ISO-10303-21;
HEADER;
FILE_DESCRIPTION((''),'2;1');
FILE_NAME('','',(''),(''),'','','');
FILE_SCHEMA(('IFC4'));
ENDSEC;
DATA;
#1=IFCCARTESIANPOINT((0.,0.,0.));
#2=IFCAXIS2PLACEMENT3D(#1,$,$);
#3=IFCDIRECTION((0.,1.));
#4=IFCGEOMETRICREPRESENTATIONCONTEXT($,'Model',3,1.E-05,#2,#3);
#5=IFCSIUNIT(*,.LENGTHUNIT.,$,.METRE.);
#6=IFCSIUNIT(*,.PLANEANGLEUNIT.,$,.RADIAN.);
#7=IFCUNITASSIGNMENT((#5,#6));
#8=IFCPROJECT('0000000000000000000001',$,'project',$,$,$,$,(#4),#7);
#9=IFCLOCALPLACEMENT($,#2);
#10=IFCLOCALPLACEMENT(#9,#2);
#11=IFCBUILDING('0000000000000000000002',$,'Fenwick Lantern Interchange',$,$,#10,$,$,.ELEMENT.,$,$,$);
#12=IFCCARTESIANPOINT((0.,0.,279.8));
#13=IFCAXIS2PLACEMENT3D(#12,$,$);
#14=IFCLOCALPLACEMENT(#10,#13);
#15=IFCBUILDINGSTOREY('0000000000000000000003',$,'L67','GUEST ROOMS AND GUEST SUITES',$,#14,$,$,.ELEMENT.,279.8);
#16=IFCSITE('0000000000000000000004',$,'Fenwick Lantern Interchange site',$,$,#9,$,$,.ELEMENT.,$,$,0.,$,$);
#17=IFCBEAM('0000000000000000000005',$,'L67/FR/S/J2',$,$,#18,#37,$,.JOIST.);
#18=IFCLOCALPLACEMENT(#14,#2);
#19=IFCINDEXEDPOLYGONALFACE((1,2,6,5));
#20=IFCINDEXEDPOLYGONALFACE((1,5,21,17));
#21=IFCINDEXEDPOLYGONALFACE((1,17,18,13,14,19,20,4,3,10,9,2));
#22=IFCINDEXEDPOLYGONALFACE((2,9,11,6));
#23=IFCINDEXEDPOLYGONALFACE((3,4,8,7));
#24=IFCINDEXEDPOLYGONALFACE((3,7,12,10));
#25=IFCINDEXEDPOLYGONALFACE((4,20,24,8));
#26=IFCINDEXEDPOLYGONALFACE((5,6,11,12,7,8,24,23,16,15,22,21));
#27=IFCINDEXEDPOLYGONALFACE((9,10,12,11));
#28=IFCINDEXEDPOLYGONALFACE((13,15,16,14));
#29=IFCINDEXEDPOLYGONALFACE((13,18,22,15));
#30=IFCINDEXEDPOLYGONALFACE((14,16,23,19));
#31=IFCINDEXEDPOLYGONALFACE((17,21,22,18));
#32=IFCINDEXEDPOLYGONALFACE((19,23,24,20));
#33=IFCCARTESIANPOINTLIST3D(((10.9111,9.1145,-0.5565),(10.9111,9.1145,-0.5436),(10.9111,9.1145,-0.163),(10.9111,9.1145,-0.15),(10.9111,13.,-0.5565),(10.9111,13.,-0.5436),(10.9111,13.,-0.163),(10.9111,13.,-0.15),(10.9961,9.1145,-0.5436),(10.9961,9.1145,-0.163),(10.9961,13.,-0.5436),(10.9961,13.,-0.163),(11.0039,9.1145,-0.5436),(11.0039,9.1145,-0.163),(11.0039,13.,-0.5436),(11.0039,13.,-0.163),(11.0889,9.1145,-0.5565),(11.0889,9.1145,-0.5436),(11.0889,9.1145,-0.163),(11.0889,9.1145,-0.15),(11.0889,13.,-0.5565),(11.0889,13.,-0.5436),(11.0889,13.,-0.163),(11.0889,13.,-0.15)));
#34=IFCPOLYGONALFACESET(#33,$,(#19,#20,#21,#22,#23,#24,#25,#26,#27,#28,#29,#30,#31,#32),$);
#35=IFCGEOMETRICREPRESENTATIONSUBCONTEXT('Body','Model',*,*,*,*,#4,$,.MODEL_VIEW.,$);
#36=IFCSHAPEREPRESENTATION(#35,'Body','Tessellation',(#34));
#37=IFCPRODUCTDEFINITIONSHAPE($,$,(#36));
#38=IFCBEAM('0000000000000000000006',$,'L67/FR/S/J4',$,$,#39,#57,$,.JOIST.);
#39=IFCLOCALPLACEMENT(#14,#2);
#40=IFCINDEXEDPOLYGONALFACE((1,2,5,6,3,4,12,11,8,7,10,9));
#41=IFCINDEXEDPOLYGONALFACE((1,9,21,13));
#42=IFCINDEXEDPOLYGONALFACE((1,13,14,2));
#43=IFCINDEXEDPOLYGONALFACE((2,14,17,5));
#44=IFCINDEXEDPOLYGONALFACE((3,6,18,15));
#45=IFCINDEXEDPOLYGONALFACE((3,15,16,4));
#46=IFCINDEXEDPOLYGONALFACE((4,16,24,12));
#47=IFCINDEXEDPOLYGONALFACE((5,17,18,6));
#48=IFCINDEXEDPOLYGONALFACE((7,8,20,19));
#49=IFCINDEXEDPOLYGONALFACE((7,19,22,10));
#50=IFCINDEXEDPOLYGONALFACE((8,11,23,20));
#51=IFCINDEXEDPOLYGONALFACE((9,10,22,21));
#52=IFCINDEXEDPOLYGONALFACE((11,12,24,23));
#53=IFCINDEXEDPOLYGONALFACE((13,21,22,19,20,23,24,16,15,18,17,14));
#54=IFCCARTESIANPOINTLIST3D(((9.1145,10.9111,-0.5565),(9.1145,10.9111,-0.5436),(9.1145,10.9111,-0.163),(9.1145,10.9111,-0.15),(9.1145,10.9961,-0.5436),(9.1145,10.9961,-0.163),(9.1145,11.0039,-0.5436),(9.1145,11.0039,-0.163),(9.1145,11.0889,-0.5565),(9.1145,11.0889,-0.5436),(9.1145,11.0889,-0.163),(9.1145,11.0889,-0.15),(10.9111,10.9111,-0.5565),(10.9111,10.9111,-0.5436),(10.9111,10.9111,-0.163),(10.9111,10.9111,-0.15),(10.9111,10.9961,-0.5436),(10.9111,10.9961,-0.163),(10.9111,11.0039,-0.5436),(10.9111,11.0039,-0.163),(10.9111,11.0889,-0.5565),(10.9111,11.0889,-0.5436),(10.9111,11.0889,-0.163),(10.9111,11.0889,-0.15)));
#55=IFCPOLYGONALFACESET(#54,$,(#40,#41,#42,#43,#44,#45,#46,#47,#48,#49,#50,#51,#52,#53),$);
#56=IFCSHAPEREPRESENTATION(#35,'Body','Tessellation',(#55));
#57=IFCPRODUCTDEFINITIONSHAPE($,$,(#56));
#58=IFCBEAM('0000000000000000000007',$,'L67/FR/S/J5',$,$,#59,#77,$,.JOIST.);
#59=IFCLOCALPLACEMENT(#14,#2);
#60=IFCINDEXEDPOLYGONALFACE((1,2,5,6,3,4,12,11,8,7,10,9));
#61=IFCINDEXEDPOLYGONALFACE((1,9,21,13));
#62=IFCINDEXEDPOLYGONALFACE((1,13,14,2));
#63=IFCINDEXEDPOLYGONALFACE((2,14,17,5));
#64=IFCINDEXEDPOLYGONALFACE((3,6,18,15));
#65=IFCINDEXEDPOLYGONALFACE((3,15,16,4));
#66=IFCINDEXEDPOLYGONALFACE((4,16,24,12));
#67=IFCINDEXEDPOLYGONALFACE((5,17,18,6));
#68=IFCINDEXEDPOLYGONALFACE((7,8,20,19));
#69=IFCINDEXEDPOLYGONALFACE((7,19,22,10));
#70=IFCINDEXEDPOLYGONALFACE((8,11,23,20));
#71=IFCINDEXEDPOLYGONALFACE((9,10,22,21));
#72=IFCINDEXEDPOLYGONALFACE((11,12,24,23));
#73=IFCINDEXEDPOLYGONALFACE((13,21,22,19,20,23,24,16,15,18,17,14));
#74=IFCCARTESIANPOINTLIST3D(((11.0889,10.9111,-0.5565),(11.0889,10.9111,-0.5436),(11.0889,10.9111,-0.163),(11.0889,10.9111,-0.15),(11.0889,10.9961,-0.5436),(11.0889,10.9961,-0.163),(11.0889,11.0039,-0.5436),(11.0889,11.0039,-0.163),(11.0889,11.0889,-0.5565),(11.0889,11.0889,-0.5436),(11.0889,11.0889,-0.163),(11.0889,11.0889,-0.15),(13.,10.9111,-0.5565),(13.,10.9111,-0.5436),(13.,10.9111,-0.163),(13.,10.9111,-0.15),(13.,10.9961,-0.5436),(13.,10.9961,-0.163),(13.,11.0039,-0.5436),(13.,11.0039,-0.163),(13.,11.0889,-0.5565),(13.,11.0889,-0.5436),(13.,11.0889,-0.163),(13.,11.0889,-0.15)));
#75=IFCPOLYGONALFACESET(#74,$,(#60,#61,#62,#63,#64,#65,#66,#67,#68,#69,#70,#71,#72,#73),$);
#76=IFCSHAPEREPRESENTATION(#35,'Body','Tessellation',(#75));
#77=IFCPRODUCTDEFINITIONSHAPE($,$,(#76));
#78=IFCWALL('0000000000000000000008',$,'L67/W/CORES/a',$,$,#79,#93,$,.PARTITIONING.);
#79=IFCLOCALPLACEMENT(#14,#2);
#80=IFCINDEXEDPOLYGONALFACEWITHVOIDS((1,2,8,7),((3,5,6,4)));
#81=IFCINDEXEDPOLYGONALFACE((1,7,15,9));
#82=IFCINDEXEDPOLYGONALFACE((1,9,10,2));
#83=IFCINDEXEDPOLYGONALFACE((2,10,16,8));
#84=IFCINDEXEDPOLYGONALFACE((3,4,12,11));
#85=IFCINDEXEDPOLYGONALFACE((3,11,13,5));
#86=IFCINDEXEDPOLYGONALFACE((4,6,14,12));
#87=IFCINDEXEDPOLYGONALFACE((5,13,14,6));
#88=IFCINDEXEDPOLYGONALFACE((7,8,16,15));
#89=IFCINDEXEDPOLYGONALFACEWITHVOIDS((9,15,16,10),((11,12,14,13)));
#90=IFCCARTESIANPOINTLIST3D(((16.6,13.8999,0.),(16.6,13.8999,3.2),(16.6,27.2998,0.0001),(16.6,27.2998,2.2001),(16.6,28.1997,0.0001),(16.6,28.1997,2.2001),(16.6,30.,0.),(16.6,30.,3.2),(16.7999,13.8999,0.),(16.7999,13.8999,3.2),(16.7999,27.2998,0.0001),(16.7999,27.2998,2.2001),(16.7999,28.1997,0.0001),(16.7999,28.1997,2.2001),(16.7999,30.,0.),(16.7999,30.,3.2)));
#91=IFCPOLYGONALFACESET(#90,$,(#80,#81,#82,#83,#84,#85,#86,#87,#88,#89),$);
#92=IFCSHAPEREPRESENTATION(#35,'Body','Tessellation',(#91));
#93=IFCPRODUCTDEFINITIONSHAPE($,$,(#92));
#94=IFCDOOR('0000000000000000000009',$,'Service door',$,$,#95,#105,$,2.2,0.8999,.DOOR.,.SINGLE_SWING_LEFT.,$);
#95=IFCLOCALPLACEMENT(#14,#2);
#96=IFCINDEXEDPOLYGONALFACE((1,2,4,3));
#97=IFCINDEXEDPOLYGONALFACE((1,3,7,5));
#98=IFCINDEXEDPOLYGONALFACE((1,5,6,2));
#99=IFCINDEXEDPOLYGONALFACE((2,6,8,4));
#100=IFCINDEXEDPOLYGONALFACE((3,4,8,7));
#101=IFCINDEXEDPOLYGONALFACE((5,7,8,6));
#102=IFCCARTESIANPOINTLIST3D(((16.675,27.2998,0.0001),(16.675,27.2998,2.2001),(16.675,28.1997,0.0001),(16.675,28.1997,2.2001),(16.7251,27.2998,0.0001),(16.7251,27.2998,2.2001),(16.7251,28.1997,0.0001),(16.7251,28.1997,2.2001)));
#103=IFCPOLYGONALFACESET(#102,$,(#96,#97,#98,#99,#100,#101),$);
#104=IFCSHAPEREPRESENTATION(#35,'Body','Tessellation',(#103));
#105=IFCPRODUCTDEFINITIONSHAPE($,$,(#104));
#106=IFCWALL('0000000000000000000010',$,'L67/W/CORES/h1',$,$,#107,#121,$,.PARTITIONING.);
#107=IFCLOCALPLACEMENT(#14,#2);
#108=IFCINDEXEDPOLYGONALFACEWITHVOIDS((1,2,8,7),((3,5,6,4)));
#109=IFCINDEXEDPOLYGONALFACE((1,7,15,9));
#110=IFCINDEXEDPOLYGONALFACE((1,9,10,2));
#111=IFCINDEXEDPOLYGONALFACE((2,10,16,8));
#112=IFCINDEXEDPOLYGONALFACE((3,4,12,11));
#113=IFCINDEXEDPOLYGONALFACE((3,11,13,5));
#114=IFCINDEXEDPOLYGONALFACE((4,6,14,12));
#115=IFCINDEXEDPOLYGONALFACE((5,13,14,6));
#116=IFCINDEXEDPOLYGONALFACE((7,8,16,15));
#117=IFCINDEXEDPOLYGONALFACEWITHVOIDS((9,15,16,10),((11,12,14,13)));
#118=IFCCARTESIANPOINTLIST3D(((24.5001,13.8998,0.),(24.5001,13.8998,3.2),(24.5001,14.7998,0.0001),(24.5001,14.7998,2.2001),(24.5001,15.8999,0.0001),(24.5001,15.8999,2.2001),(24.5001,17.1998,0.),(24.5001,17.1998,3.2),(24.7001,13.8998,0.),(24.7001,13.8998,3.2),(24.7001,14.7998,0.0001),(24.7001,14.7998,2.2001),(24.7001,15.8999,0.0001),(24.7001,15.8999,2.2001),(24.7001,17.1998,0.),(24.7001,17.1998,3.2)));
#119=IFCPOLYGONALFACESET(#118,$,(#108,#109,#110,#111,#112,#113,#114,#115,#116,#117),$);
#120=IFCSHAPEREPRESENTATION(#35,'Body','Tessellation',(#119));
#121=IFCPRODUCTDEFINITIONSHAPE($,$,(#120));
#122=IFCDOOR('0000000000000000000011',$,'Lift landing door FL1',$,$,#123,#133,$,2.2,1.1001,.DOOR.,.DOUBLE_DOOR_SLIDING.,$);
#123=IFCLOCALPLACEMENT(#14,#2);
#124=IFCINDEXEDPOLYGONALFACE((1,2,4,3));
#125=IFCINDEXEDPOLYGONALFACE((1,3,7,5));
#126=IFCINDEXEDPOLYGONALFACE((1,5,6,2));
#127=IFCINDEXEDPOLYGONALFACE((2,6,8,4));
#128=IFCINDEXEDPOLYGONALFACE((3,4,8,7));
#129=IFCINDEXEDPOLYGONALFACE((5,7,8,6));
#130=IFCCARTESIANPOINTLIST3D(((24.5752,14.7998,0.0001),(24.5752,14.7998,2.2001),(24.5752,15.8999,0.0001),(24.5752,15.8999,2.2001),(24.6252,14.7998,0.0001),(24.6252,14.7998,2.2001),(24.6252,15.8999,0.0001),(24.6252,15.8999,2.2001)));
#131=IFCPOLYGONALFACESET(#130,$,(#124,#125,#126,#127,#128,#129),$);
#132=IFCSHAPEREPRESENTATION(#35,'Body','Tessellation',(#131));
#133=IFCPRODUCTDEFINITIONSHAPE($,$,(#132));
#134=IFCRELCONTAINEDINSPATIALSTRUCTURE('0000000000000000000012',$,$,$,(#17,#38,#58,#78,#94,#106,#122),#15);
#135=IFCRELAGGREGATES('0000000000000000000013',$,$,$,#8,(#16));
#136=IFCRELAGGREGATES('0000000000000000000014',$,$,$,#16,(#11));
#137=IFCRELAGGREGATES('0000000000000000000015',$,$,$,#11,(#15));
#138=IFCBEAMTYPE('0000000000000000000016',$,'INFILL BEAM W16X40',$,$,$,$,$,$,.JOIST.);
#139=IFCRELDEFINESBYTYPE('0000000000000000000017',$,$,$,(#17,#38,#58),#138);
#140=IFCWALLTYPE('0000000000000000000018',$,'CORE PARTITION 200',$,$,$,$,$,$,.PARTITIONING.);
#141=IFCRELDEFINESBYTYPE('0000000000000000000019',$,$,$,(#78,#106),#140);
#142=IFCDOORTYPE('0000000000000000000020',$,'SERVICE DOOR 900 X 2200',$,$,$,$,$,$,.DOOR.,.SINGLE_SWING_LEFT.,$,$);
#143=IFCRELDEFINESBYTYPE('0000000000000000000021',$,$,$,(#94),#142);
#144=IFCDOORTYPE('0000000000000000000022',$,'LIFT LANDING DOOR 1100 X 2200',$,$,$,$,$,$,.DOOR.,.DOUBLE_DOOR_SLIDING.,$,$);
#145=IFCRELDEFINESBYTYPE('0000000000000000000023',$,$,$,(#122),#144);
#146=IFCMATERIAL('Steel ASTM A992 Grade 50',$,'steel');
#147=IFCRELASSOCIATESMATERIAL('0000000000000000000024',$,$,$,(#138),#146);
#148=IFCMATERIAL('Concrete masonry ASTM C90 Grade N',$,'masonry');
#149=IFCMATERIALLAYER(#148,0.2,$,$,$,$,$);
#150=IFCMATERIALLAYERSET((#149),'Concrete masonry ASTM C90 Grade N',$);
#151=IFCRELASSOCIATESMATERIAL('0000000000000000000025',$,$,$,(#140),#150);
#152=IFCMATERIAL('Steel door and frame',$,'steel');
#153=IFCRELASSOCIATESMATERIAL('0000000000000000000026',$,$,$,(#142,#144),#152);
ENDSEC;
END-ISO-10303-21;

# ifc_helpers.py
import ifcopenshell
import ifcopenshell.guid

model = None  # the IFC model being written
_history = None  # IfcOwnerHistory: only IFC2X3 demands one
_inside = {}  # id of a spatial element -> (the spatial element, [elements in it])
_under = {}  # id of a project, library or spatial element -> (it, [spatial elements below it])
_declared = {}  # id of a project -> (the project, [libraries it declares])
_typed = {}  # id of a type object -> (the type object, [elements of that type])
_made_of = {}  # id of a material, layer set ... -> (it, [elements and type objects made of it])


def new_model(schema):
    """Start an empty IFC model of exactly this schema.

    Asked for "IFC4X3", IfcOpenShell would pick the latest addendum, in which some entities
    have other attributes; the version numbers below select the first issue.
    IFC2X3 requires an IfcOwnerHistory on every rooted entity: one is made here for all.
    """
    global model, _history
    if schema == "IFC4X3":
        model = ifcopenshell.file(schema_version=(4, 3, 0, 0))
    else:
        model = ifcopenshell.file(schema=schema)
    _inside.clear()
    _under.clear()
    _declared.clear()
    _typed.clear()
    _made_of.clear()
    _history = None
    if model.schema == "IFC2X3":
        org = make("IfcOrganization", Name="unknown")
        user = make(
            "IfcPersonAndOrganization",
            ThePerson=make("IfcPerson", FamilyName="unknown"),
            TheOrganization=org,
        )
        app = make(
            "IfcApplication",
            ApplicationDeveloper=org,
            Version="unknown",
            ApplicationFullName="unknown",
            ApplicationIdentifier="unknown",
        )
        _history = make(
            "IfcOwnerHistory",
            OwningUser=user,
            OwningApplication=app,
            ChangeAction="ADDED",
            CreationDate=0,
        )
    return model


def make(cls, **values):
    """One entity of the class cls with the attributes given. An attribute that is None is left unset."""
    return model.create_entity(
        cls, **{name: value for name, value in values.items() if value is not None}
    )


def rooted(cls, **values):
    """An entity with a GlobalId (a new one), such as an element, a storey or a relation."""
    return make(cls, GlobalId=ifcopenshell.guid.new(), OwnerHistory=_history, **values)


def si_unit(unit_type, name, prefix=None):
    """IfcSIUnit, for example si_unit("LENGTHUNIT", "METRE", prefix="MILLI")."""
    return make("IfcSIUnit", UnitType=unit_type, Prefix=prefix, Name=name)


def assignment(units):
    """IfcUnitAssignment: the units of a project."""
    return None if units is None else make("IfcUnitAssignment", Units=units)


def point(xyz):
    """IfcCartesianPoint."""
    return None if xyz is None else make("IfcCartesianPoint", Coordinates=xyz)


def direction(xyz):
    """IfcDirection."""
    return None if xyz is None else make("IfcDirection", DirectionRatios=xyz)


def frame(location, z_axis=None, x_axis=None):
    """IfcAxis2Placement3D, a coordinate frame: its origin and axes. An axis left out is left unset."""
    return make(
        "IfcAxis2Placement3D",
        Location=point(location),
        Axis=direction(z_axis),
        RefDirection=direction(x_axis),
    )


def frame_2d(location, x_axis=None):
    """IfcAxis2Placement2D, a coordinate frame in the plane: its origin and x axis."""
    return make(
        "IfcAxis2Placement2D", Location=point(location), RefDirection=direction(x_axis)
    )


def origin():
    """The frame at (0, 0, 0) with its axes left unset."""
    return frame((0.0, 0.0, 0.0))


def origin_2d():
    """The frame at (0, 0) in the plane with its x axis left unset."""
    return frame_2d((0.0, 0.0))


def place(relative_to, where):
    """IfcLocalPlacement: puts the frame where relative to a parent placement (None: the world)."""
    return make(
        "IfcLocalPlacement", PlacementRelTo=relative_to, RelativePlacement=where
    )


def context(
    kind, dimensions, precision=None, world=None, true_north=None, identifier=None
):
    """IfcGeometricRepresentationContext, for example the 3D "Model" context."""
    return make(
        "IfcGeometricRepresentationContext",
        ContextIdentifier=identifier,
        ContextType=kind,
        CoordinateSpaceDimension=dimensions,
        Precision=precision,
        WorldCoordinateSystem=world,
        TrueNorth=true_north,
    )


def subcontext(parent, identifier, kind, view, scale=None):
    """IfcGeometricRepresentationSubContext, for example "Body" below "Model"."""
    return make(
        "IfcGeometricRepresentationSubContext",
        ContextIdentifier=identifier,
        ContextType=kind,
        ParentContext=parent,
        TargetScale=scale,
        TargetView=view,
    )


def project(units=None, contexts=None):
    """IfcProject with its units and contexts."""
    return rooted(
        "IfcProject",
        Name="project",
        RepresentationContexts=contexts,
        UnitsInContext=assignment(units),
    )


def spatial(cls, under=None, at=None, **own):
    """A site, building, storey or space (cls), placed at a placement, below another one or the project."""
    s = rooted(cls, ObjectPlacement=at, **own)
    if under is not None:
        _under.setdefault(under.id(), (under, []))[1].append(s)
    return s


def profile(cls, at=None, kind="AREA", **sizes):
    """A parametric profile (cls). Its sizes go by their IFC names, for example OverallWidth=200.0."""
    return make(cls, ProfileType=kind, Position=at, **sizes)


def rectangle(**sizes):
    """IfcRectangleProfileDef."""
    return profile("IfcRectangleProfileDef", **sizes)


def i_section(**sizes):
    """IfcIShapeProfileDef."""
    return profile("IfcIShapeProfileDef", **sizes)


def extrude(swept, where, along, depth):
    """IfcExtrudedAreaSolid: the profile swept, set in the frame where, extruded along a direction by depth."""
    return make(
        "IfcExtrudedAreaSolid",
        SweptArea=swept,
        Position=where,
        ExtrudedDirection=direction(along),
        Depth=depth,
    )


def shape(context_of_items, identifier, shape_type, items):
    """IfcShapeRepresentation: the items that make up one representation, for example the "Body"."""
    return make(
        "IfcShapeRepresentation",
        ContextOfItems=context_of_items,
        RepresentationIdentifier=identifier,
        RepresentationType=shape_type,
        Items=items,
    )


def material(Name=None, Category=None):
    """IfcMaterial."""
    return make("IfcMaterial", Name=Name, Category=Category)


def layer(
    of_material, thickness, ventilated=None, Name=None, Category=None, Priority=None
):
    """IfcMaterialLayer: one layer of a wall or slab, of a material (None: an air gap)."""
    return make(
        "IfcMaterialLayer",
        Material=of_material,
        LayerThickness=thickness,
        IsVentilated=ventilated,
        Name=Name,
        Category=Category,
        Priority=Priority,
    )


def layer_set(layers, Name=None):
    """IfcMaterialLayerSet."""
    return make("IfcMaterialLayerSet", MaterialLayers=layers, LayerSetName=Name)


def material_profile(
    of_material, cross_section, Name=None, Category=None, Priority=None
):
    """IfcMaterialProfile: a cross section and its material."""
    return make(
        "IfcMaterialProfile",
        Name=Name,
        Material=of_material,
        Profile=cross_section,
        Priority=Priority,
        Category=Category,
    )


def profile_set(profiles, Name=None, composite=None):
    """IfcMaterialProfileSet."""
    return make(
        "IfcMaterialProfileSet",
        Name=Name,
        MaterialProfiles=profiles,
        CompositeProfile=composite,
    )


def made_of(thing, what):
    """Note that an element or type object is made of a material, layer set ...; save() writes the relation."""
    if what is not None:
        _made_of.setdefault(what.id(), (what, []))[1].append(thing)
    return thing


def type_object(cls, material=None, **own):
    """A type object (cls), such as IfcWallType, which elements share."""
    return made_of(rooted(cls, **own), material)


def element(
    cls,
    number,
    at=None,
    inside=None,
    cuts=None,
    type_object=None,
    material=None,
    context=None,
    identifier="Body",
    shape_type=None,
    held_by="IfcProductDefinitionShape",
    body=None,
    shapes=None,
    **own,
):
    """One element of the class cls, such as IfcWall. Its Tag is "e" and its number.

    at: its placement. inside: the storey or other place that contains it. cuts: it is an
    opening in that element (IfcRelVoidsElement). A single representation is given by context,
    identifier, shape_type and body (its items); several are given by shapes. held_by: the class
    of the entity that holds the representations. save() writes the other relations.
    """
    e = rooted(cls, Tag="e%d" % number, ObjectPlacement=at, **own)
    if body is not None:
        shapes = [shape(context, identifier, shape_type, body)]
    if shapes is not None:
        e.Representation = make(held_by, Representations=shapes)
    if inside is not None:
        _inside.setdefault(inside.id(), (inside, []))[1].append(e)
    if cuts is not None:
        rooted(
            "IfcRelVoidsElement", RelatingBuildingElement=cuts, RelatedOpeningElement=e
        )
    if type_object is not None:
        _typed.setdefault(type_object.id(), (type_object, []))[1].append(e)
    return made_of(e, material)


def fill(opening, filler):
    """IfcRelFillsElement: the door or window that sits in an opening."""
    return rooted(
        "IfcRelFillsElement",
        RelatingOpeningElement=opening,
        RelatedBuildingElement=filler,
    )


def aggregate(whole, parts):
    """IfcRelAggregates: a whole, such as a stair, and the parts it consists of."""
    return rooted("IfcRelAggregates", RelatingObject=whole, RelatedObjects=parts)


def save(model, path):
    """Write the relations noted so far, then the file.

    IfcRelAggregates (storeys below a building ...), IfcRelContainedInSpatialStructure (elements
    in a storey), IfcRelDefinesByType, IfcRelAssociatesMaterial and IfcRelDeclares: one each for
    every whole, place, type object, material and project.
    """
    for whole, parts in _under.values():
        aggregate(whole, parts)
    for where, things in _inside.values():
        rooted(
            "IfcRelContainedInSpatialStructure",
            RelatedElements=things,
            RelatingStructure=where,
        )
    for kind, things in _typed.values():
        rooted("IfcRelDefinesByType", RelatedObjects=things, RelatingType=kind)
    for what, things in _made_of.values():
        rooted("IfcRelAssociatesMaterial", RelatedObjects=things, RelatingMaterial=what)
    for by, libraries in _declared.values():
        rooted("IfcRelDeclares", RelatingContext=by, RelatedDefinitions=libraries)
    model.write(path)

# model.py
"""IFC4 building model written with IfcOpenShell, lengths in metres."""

from ifc_helpers import new_model, si_unit, direction, frame, frame_2d, origin, origin_2d, place, context, subcontext, project, spatial, rectangle, i_section, extrude, material, layer, layer_set, material_profile, profile_set, type_object, element, fill, save


model = new_model("IFC4")

# Units and contexts
model_context = context("Model", 3, precision=1e-05, world=origin(), true_north=direction((0.0, 1.0)))
body_context = subcontext(model_context, "Body", "Model", "MODEL_VIEW")
ifc_project = project(units=[si_unit("LENGTHUNIT", "METRE"), si_unit("PLANEANGLEUNIT", "RADIAN")], contexts=[model_context])

# Site, building, storey
site_placement = place(None, origin())
site = spatial("IfcSite", under=ifc_project, at=site_placement, Name="Fenwick Lantern Interchange site", CompositionType="ELEMENT", RefElevation=0.0)
building_placement = place(site_placement, origin())
building = spatial("IfcBuilding", under=site, at=building_placement, Name="Fenwick Lantern Interchange", CompositionType="ELEMENT")
storey_placement = place(building_placement, frame((0.0, 0.0, 279.8)))
storey = spatial("IfcBuildingStorey", under=building, at=storey_placement, Name="L67", Description="GUEST ROOMS AND GUEST SUITES", CompositionType="ELEMENT", Elevation=279.8)

# Beams
ifc_material_1 = material(Name="Steel ASTM A992 Grade 50", Category="steel")
ifc_material_profile = material_profile(ifc_material_1, i_section(OverallWidth=0.1777, OverallDepth=0.4065, WebThickness=0.0078, FlangeThickness=0.0129, at=origin_2d()), Name="W16X40")
ifc_profile_set = profile_set([ifc_material_profile], Name="Steel ASTM A992 Grade 50")
beam_type = type_object("IfcBeamType", Name="INFILL BEAM W16X40", PredefinedType="JOIST", material=ifc_profile_set)
beam_1_placement = place(storey_placement, frame((11.0, 9.1145, -0.3533), z_axis=(0.0, 1.0, 0.0), x_axis=(-1.0, 0.0, 0.0)))
element("IfcBeam", 1, at=beam_1_placement, inside=storey, type_object=beam_type, Name="L67/FR/S/J2", PredefinedType="JOIST", context=body_context, shape_type="SweptSolid", body=[
    extrude(i_section(OverallWidth=0.1777, OverallDepth=0.4065, WebThickness=0.0078, FlangeThickness=0.0129, at=origin_2d()), origin(), (0.0, 0.0, 1.0), 3.8855),
])
beam_2_placement = place(storey_placement, frame((9.1145, 11.0, -0.3533), z_axis=(1.0, 0.0, 0.0), x_axis=(0.0, 1.0, 0.0)))
element("IfcBeam", 2, at=beam_2_placement, inside=storey, type_object=beam_type, Name="L67/FR/S/J4", PredefinedType="JOIST", context=body_context, shape_type="SweptSolid", body=[
    extrude(i_section(OverallWidth=0.1777, OverallDepth=0.4065, WebThickness=0.0078, FlangeThickness=0.0129, at=origin_2d()), origin(), (0.0, 0.0, 1.0), 1.7966),
])
beam_3_placement = place(storey_placement, frame((11.0889, 11.0, -0.3533), z_axis=(1.0, 0.0, 0.0), x_axis=(0.0, 1.0, 0.0)))
element("IfcBeam", 3, at=beam_3_placement, inside=storey, type_object=beam_type, Name="L67/FR/S/J5", PredefinedType="JOIST", context=body_context, shape_type="SweptSolid", body=[
    extrude(i_section(OverallWidth=0.1777, OverallDepth=0.4065, WebThickness=0.0078, FlangeThickness=0.0129, at=origin_2d()), origin(), (0.0, 0.0, 1.0), 1.9111),
])

# Walls, openings, doors
ifc_material_2 = material(Name="Concrete masonry ASTM C90 Grade N", Category="masonry")
ifc_layer_1 = layer(ifc_material_2, 0.2)
ifc_layer_set_1 = layer_set([ifc_layer_1], Name="Concrete masonry ASTM C90 Grade N")
wall_type_1 = type_object("IfcWallType", Name="CORE PARTITION 200", PredefinedType="PARTITIONING", material=ifc_layer_set_1)
wall_1_placement = place(storey_placement, frame((16.7, 13.8999, 0.0), z_axis=(0.0, 0.0, 1.0), x_axis=(0.0, 1.0, 0.0)))
wall_1 = element("IfcWall", 4, at=wall_1_placement, inside=storey, type_object=wall_type_1, Name="L67/W/CORES/a", PredefinedType="PARTITIONING", context=body_context, shape_type="SweptSolid", body=[
    extrude(rectangle(XDim=16.1001, YDim=0.2, at=frame_2d((8.05, 0.0))), origin(), (0.0, 0.0, 1.0), 3.2),
])
opening_1_placement = place(wall_1_placement, frame((13.3999, 0.0, 0.0)))
opening_1 = element("IfcOpeningElement", 5, at=opening_1_placement, cuts=wall_1, PredefinedType="OPENING", context=body_context, shape_type="SweptSolid", body=[
    extrude(rectangle(XDim=0.8999, YDim=2.2, at=frame_2d((0.45, 1.1001))), frame((0.0, 0.1099, 0.0), z_axis=(0.0, -1.0, 0.0), x_axis=(1.0, 0.0, 0.0)), (0.0, 0.0, 1.0), 0.22),
])
ifc_material_3 = material(Name="Steel door and frame", Category="steel")
door_type_1 = type_object("IfcDoorType", Name="SERVICE DOOR 900 X 2200", OperationType="SINGLE_SWING_LEFT", PredefinedType="DOOR", material=ifc_material_3)
door_1_placement = place(opening_1_placement, origin())
door_1 = element("IfcDoor", 6, at=door_1_placement, inside=storey, type_object=door_type_1, Name="Service door", OperationType="SINGLE_SWING_LEFT", OverallHeight=2.2, OverallWidth=0.8999, PredefinedType="DOOR", context=body_context, shape_type="SweptSolid", body=[
    extrude(rectangle(XDim=0.8999, YDim=2.2, at=frame_2d((0.45, 1.1001))), frame((0.0, 0.0249, 0.0), z_axis=(0.0, -1.0, 0.0), x_axis=(1.0, 0.0, 0.0)), (0.0, 0.0, 1.0), 0.05),
])
fill(opening_1, door_1)
wall_2_placement = place(storey_placement, frame((24.6001, 13.8999, 0.0), z_axis=(0.0, 0.0, 1.0), x_axis=(0.0, 1.0, 0.0)))
wall_2 = element("IfcWall", 7, at=wall_2_placement, inside=storey, type_object=wall_type_1, Name="L67/W/CORES/h1", PredefinedType="PARTITIONING", context=body_context, shape_type="SweptSolid", body=[
    extrude(rectangle(XDim=3.3, YDim=0.2, at=frame_2d((1.6499, 0.0))), origin(), (0.0, 0.0, 1.0), 3.2),
])
opening_2_placement = place(wall_2_placement, frame((0.8999, 0.0, 0.0)))
opening_2 = element("IfcOpeningElement", 8, at=opening_2_placement, cuts=wall_2, PredefinedType="OPENING", context=body_context, shape_type="SweptSolid", body=[
    extrude(rectangle(XDim=1.1001, YDim=2.2, at=frame_2d((0.55, 1.1001))), frame((0.0, 0.1099, 0.0), z_axis=(0.0, -1.0, 0.0), x_axis=(1.0, 0.0, 0.0)), (0.0, 0.0, 1.0), 0.22),
])
door_type_2 = type_object("IfcDoorType", Name="LIFT LANDING DOOR 1100 X 2200", OperationType="DOUBLE_DOOR_SLIDING", PredefinedType="DOOR", material=ifc_material_3)
door_2_placement = place(opening_2_placement, origin())
door_2 = element("IfcDoor", 9, at=door_2_placement, inside=storey, type_object=door_type_2, Name="Lift landing door FL1", OperationType="DOUBLE_DOOR_SLIDING", OverallHeight=2.2, OverallWidth=1.1001, PredefinedType="DOOR", context=body_context, shape_type="SweptSolid", body=[
    extrude(rectangle(XDim=1.1001, YDim=2.2, at=frame_2d((0.55, 1.1001))), frame((0.0, 0.0249, 0.0), z_axis=(0.0, -1.0, 0.0), x_axis=(1.0, 0.0, 0.0)), (0.0, 0.0, 1.0), 0.05),
])
fill(opening_2, door_2)

save(model, "model.ifc")
